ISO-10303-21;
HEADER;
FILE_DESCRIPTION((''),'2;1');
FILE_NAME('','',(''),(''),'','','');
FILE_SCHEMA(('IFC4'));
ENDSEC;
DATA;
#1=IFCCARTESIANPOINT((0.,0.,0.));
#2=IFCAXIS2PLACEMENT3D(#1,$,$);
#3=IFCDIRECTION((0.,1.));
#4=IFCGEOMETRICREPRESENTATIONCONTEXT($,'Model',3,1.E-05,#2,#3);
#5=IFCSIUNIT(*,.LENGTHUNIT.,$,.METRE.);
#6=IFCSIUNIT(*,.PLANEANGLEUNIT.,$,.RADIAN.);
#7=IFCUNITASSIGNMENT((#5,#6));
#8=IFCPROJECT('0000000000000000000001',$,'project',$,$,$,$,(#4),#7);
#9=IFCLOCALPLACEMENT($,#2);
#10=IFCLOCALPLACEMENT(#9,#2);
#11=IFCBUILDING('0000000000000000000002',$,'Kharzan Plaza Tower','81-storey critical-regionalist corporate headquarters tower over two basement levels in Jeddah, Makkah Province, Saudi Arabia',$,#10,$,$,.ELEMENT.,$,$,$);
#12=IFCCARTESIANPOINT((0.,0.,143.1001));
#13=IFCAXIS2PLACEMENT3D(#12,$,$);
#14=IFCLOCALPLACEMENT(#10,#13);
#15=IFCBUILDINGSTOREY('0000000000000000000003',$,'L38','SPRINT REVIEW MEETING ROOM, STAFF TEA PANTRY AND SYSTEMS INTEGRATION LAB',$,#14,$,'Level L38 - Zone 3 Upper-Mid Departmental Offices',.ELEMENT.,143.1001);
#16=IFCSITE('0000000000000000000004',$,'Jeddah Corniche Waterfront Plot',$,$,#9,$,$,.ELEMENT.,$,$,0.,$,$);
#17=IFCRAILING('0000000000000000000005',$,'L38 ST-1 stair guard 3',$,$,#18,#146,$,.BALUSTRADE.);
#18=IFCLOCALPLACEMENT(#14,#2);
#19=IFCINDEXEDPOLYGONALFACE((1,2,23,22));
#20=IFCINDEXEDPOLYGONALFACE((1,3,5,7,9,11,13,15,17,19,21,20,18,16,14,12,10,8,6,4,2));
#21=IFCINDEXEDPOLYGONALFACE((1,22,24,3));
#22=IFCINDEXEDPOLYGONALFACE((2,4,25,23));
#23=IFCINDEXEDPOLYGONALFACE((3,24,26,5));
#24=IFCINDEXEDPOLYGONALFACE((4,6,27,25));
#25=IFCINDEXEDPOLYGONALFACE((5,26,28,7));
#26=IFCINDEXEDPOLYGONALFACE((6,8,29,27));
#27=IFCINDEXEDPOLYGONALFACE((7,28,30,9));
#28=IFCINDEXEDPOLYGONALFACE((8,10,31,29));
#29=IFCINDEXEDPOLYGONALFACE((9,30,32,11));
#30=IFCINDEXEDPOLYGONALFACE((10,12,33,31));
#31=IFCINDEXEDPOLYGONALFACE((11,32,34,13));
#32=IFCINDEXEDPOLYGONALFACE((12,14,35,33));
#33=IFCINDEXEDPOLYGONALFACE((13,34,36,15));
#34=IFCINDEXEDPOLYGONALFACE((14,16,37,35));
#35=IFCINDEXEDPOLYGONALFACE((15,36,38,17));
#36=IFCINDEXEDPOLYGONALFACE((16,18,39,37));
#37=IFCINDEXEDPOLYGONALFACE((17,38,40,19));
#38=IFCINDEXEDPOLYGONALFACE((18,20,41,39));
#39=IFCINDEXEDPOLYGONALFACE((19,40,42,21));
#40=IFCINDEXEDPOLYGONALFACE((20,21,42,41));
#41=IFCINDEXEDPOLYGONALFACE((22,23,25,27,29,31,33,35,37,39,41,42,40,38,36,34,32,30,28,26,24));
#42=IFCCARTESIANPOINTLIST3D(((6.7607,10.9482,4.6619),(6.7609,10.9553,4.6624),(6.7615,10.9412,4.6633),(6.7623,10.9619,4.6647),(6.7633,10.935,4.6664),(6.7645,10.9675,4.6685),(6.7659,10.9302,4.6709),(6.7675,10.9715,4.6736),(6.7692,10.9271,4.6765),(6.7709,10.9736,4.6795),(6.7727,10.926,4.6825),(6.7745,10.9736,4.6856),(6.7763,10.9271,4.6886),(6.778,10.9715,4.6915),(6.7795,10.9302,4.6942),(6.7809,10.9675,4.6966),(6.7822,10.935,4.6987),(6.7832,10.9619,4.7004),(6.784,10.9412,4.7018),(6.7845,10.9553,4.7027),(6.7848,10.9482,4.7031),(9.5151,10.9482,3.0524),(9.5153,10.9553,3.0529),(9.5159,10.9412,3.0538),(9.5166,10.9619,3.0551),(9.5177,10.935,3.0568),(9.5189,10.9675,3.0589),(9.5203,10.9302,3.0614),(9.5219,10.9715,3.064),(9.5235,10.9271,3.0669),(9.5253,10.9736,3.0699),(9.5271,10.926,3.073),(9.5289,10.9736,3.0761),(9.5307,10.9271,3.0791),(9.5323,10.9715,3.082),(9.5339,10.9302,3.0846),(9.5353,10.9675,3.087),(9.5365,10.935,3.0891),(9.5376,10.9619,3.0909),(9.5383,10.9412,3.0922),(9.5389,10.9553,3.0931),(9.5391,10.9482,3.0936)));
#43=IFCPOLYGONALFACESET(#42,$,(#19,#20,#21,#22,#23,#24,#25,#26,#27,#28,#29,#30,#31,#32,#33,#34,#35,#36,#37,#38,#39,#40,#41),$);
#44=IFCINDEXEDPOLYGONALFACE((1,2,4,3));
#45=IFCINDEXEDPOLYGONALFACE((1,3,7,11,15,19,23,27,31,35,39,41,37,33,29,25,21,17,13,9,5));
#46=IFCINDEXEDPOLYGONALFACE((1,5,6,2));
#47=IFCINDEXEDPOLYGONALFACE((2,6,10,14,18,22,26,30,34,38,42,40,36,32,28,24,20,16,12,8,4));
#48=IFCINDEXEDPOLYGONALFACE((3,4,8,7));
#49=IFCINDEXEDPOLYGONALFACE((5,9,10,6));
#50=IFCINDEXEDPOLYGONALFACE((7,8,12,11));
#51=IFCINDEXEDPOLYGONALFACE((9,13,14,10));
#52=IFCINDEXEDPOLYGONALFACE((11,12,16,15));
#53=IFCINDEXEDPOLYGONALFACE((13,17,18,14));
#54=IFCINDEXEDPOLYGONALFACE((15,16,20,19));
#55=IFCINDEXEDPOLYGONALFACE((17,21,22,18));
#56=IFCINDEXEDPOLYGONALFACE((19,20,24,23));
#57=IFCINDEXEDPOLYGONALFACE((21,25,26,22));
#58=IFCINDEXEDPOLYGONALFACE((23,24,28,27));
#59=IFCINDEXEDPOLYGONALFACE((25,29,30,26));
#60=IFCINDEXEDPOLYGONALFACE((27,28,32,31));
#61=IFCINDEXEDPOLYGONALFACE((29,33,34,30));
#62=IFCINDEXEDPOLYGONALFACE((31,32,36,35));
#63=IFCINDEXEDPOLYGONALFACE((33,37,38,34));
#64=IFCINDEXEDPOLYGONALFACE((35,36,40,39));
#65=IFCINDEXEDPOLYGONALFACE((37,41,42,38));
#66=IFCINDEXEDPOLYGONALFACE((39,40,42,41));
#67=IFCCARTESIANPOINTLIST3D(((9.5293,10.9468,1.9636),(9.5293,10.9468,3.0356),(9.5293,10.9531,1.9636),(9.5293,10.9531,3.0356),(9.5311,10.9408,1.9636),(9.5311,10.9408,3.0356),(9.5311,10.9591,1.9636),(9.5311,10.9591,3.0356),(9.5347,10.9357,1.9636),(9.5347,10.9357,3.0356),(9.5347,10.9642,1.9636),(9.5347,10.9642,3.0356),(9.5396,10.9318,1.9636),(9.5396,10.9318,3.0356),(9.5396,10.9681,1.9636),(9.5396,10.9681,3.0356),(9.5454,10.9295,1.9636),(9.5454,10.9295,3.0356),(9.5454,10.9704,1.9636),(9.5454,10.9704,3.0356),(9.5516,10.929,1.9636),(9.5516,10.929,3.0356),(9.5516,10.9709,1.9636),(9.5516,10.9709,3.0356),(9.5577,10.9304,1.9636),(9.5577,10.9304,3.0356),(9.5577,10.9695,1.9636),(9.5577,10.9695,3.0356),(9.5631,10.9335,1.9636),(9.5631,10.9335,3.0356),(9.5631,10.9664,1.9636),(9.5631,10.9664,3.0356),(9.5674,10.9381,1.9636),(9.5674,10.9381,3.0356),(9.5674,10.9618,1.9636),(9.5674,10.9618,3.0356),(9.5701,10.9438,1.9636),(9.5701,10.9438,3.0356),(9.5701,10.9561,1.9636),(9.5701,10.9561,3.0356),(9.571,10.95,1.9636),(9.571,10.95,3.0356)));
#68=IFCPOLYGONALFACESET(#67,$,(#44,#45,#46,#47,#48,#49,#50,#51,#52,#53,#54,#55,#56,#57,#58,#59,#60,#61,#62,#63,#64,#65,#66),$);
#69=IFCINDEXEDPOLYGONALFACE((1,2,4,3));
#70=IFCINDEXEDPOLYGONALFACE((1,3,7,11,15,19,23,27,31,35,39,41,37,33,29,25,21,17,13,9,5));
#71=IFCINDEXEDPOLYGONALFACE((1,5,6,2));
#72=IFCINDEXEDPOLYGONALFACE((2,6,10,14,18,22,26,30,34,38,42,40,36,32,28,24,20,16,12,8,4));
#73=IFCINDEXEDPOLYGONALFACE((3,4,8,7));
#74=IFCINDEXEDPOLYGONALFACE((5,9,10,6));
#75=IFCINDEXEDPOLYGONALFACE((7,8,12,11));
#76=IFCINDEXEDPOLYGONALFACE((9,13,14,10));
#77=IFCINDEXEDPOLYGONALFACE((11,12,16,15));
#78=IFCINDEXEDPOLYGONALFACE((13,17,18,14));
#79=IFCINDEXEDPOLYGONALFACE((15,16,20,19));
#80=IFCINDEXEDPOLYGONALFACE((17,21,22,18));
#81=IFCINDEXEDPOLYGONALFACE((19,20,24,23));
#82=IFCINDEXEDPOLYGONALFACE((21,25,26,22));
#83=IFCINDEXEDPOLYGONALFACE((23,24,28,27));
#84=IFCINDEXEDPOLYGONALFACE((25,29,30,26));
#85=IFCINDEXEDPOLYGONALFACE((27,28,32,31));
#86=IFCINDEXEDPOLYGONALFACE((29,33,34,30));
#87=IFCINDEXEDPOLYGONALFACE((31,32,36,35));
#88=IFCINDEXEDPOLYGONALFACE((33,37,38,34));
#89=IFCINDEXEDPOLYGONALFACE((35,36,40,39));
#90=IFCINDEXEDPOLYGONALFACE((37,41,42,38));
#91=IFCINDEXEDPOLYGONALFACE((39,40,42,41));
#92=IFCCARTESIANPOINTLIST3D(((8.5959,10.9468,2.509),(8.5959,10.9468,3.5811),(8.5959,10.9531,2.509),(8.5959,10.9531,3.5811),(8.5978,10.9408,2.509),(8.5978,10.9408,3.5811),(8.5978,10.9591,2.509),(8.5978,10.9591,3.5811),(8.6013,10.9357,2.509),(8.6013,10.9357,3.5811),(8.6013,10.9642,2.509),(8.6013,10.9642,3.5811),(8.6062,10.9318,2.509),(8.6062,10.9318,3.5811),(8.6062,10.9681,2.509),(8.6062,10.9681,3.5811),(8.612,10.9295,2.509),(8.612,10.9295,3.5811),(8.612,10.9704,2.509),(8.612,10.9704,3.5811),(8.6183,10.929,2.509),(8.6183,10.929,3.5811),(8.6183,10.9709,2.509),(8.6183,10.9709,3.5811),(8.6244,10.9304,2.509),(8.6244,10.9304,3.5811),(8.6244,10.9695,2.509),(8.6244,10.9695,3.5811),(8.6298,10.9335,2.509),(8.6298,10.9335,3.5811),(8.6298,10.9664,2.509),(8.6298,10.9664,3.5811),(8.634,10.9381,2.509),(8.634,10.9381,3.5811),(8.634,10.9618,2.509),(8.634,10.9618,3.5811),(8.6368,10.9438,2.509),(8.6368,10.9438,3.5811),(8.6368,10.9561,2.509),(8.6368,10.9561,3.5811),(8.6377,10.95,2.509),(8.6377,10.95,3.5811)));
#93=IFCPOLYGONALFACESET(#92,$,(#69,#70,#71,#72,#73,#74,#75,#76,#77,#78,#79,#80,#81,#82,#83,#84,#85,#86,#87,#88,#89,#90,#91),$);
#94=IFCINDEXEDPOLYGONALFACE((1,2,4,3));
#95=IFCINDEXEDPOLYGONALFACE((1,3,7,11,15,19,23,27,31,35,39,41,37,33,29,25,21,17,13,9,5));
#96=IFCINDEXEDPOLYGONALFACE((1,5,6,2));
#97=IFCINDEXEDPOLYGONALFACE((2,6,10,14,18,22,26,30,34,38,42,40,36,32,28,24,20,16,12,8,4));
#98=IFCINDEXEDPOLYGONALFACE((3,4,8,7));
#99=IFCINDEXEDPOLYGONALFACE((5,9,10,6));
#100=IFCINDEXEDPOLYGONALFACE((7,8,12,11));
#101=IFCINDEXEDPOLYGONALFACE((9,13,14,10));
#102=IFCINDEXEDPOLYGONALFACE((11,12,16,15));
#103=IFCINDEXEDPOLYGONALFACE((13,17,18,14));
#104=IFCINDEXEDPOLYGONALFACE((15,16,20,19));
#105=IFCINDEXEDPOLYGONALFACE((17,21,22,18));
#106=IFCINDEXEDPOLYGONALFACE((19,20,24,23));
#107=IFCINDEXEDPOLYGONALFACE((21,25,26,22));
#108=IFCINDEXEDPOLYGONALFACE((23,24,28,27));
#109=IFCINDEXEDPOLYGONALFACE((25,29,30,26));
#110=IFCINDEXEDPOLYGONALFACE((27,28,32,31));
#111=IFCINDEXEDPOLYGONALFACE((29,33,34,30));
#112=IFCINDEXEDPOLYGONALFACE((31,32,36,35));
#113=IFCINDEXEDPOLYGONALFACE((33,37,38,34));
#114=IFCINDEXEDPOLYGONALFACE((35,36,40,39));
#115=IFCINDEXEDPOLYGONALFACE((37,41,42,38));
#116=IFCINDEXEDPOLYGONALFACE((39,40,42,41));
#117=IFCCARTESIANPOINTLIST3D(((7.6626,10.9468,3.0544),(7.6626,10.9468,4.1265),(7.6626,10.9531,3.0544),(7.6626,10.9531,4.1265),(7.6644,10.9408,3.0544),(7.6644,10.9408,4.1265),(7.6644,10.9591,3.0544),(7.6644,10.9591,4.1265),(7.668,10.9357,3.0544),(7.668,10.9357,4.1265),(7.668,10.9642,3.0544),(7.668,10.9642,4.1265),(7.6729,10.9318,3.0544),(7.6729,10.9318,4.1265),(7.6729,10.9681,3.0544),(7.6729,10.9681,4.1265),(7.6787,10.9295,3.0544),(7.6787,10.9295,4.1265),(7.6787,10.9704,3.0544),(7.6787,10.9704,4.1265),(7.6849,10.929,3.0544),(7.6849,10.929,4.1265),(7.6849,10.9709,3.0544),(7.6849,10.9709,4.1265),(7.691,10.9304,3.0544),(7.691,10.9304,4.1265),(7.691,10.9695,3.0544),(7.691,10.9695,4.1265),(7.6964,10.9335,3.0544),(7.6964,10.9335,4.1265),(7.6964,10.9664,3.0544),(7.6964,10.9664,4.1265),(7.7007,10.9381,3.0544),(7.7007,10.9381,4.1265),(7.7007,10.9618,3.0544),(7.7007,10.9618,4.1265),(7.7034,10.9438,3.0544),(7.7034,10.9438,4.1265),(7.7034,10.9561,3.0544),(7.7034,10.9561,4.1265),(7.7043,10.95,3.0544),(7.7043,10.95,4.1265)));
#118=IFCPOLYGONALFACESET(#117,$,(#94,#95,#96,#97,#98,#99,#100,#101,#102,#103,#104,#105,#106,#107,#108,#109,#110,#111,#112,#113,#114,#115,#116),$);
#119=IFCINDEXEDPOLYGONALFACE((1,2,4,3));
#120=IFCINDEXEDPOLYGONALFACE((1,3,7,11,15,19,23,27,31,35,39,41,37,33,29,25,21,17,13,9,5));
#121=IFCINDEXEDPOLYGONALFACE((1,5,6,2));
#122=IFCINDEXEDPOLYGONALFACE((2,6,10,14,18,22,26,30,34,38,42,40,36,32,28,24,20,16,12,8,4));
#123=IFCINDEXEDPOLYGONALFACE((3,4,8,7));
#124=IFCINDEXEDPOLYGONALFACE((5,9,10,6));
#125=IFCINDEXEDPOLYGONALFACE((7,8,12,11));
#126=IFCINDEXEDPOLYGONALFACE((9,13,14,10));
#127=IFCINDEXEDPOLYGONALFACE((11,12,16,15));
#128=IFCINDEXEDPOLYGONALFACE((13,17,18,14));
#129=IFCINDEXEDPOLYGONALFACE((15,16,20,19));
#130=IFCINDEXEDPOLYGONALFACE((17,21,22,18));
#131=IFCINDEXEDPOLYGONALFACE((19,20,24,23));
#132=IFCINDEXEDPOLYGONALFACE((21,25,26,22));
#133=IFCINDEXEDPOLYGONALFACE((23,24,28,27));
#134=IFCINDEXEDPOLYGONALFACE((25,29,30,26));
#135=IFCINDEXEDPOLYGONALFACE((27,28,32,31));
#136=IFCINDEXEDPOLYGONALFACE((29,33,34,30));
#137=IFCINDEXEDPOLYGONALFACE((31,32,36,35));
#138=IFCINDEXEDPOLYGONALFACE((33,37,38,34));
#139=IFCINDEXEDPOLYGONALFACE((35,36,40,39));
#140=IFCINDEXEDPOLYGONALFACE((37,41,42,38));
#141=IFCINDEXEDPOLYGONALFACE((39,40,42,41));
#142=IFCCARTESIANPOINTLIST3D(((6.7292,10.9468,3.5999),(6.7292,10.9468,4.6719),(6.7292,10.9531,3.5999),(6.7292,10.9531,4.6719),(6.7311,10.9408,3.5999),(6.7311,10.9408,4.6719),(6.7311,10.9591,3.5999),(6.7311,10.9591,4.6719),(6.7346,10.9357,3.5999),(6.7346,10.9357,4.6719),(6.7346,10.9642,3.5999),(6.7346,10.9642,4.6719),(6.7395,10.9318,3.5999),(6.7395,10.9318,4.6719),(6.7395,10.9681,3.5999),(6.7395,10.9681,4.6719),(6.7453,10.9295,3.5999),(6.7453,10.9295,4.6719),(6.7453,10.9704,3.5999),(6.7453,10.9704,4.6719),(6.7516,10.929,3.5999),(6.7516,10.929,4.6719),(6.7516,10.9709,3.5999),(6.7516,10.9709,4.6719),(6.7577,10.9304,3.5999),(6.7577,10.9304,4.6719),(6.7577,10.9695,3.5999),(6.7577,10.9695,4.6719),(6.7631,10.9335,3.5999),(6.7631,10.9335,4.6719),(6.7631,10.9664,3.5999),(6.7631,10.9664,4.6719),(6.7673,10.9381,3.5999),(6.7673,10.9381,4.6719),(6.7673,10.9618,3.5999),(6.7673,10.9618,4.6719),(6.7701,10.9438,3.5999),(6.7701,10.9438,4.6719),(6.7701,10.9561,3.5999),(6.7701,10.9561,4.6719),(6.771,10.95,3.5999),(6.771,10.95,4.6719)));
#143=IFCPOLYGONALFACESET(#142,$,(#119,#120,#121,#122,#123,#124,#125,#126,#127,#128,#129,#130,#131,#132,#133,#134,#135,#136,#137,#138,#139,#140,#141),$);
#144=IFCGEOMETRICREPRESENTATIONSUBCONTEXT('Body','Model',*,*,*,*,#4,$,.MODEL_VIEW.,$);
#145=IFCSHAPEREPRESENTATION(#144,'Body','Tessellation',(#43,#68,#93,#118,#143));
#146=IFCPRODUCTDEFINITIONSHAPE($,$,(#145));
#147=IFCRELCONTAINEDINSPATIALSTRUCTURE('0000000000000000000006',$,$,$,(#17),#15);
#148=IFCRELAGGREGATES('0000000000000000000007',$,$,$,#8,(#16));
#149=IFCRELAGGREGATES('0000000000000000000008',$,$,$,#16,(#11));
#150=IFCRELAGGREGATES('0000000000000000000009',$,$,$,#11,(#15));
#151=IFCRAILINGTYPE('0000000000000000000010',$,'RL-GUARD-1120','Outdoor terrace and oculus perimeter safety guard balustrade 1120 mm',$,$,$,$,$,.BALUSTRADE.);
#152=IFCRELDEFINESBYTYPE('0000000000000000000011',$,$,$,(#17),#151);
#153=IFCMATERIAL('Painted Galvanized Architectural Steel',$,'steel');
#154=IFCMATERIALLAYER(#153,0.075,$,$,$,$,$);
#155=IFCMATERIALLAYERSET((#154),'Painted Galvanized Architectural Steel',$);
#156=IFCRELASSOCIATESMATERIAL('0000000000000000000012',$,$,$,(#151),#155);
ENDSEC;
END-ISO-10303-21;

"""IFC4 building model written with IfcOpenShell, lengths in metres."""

from ifc_helpers import new_model, si_unit, direction, frame, origin, origin_2d, place, context, subcontext, project, spatial, circle, extrude, source, transform, mapped, material, layer, layer_set, type_object, element, save


model = new_model("IFC4")

# Units and contexts
model_context = context("Model", 3, precision=1e-05, world=origin(), true_north=direction((0.0, 1.0)))
body_context = subcontext(model_context, "Body", "Model", "MODEL_VIEW")
ifc_project = project(units=[si_unit("LENGTHUNIT", "METRE"), si_unit("PLANEANGLEUNIT", "RADIAN")], contexts=[model_context])

# Site, building, storey
site_placement = place(None, origin())
site = spatial("IfcSite", under=ifc_project, at=site_placement, Name="Jeddah Corniche Waterfront Plot", CompositionType="ELEMENT", RefElevation=0.0)
building_placement = place(site_placement, origin())
building = spatial("IfcBuilding", under=site, at=building_placement, Name="Kharzan Plaza Tower", Description="81-storey critical-regionalist corporate headquarters tower over two basement levels in Jeddah, Makkah Province, Saudi Arabia", CompositionType="ELEMENT")
storey_placement = place(building_placement, frame((0.0, 0.0, 143.1001)))
storey = spatial("IfcBuildingStorey", under=building, at=storey_placement, Name="L38", Description="SPRINT REVIEW MEETING ROOM, STAFF TEA PANTRY AND SYSTEMS INTEGRATION LAB", LongName="Level L38 - Zone 3 Upper-Mid Departmental Offices", CompositionType="ELEMENT", Elevation=143.1001)

# Railing
ifc_material_1 = material(Name="Painted Galvanized Architectural Steel", Category="steel")
ifc_layer_1 = layer(ifc_material_1, 0.075)
ifc_layer_set_1 = layer_set([ifc_layer_1], Name="Painted Galvanized Architectural Steel")
railing_type_1 = type_object("IfcRailingType", Name="RL-GUARD-1120", Description="Outdoor terrace and oculus perimeter safety guard balustrade 1120 mm", PredefinedType="BALUSTRADE", material=ifc_layer_set_1)
shared_shape_1 = source(origin(), body_context, "Body", "SweptSolid", [
    extrude(circle(Radius=0.0239, at=origin_2d()), frame((-0.0229, 0.0, 1.1094), z_axis=(-0.863394, 0.0, 0.504531), x_axis=(0.0, -1.0, 0.0)), (0.0, 0.0, 1.0), 3.1902),
    extrude(circle(Radius=0.021, at=origin_2d()), origin(), (0.0, 0.0, 1.0), 1.072),
    extrude(circle(Radius=0.021, at=origin_2d()), frame((-0.9333, 0.0, 0.5454)), (0.0, 0.0, 1.0), 1.072),
    extrude(circle(Radius=0.021, at=origin_2d()), frame((-1.8667, 0.0, 1.0908)), (0.0, 0.0, 1.0), 1.072),
    extrude(circle(Radius=0.021, at=origin_2d()), frame((-2.8, 0.0, 1.6362)), (0.0, 0.0, 1.0), 1.072),
])
railing_1_placement = place(storey_placement, frame((9.55, 10.95, 1.9636)))
element("IfcRailing", 1, at=railing_1_placement, inside=storey, type_object=railing_type_1, Name="L38 ST-1 stair guard 3", PredefinedType="BALUSTRADE", context=body_context, shape_type="MappedRepresentation", body=[
    mapped(shared_shape_1, transform((0.0, 0.0, 0.0), x_axis=(1.0, 0.0, 0.0), y_axis=(0.0, 1.0, 0.0), z_axis=(0.0, 0.0, 1.0))),
])

save(model, "model.ifc")
